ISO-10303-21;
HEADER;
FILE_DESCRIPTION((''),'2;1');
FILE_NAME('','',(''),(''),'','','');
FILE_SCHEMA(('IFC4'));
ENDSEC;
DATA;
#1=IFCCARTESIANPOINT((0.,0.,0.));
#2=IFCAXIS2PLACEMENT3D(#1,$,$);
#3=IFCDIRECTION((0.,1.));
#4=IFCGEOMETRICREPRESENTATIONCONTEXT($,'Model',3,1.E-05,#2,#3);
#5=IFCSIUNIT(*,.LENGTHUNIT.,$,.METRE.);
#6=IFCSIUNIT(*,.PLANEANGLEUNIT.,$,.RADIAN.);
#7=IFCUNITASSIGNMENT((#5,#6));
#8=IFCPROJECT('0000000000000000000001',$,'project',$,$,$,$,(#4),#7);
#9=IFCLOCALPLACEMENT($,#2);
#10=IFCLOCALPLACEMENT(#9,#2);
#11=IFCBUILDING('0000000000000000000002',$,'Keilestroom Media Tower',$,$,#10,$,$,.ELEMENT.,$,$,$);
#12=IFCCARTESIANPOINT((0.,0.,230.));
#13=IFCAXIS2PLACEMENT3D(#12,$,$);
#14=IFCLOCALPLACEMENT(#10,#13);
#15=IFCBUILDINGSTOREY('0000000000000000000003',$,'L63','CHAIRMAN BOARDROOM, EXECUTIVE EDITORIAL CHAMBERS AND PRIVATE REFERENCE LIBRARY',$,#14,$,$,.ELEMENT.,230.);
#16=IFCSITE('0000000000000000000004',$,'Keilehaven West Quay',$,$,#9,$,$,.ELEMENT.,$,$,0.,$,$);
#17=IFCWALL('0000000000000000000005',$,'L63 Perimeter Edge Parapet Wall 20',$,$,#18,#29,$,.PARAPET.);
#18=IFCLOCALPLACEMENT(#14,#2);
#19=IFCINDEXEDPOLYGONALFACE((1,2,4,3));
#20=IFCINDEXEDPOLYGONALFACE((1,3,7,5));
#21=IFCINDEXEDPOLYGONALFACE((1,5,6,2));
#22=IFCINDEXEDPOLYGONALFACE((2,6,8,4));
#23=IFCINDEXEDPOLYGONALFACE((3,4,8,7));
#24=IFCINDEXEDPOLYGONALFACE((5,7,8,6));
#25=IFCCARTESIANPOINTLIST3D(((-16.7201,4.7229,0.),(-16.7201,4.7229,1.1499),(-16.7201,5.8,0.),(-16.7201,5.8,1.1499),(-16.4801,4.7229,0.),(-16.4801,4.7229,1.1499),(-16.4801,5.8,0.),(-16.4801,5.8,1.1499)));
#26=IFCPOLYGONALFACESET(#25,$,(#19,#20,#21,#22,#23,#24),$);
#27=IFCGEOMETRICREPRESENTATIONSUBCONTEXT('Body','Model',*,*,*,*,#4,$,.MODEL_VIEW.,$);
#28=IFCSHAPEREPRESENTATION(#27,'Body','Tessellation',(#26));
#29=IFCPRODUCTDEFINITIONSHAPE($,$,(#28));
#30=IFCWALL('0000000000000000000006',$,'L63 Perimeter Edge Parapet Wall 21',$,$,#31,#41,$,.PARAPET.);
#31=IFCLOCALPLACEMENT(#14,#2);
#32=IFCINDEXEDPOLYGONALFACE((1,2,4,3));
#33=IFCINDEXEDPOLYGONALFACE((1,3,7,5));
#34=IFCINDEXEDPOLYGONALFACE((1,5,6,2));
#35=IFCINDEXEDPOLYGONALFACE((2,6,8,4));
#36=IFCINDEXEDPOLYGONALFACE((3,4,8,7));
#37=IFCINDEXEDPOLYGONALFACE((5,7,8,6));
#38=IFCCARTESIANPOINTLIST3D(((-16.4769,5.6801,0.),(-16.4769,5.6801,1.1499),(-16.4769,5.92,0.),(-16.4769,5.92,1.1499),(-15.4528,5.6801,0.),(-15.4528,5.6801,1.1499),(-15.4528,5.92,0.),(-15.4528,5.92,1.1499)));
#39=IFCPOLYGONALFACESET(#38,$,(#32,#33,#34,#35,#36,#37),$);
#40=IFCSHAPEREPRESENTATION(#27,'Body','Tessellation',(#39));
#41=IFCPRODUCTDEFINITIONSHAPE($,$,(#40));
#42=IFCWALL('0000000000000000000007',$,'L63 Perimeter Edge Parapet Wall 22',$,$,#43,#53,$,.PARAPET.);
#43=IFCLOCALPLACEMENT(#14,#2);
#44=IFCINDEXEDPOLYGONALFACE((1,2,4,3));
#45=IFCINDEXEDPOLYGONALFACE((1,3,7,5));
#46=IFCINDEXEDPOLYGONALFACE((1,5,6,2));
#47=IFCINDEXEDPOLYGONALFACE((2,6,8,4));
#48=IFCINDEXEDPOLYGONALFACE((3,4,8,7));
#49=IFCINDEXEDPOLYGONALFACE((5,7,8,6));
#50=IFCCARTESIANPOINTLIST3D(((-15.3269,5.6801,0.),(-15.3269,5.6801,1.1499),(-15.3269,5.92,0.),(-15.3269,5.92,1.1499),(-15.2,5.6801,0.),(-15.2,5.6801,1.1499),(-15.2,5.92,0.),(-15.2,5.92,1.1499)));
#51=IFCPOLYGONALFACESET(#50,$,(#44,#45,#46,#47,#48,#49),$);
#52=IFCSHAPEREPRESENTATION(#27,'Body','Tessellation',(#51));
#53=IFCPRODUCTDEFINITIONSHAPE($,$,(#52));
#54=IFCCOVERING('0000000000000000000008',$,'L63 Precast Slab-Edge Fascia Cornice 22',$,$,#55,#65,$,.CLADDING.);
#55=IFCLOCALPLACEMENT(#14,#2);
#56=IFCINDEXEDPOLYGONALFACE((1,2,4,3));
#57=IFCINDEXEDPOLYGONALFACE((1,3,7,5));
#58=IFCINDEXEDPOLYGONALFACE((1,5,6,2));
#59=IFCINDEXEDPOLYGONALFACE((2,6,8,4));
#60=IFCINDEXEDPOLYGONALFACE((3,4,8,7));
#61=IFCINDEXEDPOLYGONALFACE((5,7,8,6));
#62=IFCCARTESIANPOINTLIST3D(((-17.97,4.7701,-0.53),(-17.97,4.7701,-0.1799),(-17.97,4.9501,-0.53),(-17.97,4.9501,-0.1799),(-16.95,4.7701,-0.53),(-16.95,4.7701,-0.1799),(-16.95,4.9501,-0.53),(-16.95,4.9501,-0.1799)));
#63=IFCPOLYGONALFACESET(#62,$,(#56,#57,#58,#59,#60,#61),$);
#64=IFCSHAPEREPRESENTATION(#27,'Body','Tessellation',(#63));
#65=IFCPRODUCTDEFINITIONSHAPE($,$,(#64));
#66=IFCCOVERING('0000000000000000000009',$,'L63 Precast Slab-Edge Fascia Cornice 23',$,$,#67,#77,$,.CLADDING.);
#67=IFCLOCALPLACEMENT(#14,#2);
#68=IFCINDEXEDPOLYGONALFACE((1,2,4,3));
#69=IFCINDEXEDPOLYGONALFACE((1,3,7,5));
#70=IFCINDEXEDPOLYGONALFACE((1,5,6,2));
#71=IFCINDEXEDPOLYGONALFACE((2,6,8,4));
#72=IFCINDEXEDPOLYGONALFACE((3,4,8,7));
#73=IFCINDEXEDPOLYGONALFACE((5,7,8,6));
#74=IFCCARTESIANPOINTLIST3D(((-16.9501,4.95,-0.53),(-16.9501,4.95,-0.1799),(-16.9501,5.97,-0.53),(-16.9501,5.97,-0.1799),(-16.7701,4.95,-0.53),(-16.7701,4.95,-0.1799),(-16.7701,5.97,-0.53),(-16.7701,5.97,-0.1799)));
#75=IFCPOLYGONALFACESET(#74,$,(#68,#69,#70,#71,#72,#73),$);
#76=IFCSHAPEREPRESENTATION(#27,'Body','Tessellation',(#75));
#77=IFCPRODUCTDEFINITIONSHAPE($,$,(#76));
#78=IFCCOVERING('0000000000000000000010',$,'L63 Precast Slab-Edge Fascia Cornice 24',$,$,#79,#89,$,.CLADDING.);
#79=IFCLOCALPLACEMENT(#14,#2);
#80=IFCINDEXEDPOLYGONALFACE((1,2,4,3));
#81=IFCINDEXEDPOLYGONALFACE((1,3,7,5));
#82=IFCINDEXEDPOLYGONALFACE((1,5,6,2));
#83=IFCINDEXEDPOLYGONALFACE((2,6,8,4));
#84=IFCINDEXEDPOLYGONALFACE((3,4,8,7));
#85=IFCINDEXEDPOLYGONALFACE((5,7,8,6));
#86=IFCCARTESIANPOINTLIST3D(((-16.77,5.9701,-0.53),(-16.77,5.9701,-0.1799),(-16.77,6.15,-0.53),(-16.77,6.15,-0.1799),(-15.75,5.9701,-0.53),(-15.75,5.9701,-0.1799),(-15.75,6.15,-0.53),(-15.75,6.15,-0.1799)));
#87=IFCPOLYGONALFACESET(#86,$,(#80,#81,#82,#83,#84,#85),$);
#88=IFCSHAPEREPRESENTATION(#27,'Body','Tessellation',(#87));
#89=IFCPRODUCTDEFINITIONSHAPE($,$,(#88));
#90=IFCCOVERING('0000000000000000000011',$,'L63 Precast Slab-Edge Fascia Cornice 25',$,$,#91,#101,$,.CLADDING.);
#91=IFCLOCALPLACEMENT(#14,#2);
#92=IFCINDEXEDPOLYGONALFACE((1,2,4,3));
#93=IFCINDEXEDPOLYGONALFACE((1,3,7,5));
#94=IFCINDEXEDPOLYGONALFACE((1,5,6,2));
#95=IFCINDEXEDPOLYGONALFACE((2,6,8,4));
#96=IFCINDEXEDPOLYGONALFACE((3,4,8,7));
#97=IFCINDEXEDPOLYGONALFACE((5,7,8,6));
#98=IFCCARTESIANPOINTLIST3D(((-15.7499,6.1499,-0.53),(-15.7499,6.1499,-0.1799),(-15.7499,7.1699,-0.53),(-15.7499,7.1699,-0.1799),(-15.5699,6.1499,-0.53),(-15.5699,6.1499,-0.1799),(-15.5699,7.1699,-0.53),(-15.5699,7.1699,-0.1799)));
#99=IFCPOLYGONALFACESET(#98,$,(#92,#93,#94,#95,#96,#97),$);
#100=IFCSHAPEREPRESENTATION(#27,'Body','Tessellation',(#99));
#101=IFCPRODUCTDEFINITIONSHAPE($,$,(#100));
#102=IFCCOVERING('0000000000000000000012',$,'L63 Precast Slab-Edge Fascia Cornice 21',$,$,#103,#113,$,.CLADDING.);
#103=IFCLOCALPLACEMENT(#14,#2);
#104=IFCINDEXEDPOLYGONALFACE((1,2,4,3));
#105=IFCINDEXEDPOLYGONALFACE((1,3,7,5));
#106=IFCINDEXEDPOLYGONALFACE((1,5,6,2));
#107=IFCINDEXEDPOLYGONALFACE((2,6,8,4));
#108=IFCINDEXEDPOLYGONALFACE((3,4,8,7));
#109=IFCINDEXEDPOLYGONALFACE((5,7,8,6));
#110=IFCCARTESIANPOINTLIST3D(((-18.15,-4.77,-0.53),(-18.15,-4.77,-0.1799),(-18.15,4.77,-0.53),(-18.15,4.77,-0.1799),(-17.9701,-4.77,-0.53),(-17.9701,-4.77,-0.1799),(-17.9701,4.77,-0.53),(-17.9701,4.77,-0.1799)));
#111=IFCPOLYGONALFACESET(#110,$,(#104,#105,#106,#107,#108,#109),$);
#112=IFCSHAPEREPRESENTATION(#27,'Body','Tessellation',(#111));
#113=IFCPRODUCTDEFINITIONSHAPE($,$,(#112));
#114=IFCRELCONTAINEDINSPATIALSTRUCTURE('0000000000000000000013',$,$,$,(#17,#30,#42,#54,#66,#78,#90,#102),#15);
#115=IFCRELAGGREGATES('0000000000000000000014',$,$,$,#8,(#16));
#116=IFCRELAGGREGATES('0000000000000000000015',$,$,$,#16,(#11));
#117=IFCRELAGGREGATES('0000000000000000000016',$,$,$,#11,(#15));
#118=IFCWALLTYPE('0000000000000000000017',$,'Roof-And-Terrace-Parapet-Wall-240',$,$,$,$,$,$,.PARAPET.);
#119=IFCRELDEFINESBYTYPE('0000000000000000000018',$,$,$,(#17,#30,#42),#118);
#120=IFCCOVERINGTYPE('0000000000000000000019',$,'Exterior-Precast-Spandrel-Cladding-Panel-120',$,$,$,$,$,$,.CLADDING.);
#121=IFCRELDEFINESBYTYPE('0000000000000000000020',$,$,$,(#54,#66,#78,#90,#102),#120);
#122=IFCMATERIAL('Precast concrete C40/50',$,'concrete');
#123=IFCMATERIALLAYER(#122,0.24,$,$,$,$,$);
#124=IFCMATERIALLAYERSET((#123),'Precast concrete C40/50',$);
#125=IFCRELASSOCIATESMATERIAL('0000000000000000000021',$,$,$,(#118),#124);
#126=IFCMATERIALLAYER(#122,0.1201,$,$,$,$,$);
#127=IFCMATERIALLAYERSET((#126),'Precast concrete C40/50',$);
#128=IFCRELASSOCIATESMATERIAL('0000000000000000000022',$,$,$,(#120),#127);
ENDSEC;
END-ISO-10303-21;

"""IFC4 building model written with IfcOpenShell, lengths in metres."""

from ifc_helpers import new_model, si_unit, direction, frame, frame_2d, origin, origin_2d, place, context, subcontext, project, spatial, rectangle, extrude, source, transform, mapped, material, layer, layer_set, type_object, element, save


model = new_model("IFC4")

# Units and contexts
model_context = context("Model", 3, precision=1e-05, world=origin(), true_north=direction((0.0, 1.0)))
body_context = subcontext(model_context, "Body", "Model", "MODEL_VIEW")
ifc_project = project(units=[si_unit("LENGTHUNIT", "METRE"), si_unit("PLANEANGLEUNIT", "RADIAN")], contexts=[model_context])

# Site, building, storey
site_placement = place(None, origin())
site = spatial("IfcSite", under=ifc_project, at=site_placement, Name="Keilehaven West Quay", CompositionType="ELEMENT", RefElevation=0.0)
building_placement = place(site_placement, origin())
building = spatial("IfcBuilding", under=site, at=building_placement, Name="Keilestroom Media Tower", CompositionType="ELEMENT")
storey_placement = place(building_placement, frame((0.0, 0.0, 230.0)))
storey = spatial("IfcBuildingStorey", under=building, at=storey_placement, Name="L63", Description="CHAIRMAN BOARDROOM, EXECUTIVE EDITORIAL CHAMBERS AND PRIVATE REFERENCE LIBRARY", CompositionType="ELEMENT", Elevation=230.0)

# Shared definitions
ifc_material_1 = material(Name="Precast concrete C40/50", Category="concrete")

# Walls
ifc_layer_1 = layer(ifc_material_1, 0.24)
ifc_layer_set_1 = layer_set([ifc_layer_1], Name="Precast concrete C40/50")
wall_type = type_object("IfcWallType", Name="Roof-And-Terrace-Parapet-Wall-240", PredefinedType="PARAPET", material=ifc_layer_set_1)
wall_1_placement = place(storey_placement, frame((-16.6001, 4.7229, 0.0), z_axis=(0.0, 0.0, 1.0), x_axis=(0.0, 1.0, 0.0)))
element("IfcWall", 1, at=wall_1_placement, inside=storey, type_object=wall_type, Name="L63 Perimeter Edge Parapet Wall 20", PredefinedType="PARAPET", context=body_context, shape_type="SweptSolid", body=[
    extrude(rectangle(XDim=1.0771, YDim=0.24, at=frame_2d((0.5386, 0.0))), origin(), (0.0, 0.0, 1.0), 1.1499),
])
wall_2_placement = place(storey_placement, frame((-16.4771, 5.8, 0.0), z_axis=(0.0, 0.0, 1.0), x_axis=(1.0, 0.0, 0.0)))
element("IfcWall", 2, at=wall_2_placement, inside=storey, type_object=wall_type, Name="L63 Perimeter Edge Parapet Wall 21", PredefinedType="PARAPET", context=body_context, shape_type="SweptSolid", body=[
    extrude(rectangle(XDim=1.0242, YDim=0.24, at=frame_2d((0.5122, 0.0))), origin(), (0.0, 0.0, 1.0), 1.1499),
])
wall_3_placement = place(storey_placement, frame((-15.3269, 5.8, 0.0), z_axis=(0.0, 0.0, 1.0), x_axis=(1.0, 0.0, 0.0)))
element("IfcWall", 3, at=wall_3_placement, inside=storey, type_object=wall_type, Name="L63 Perimeter Edge Parapet Wall 22", PredefinedType="PARAPET", context=body_context, shape_type="SweptSolid", body=[
    extrude(rectangle(XDim=0.127, YDim=0.24, at=frame_2d((0.0635, 0.0))), origin(), (0.0, 0.0, 1.0), 1.1499),
])

# Coverings
ifc_layer_2 = layer(ifc_material_1, 0.1201)
ifc_layer_set_2 = layer_set([ifc_layer_2], Name="Precast concrete C40/50")
covering_type = type_object("IfcCoveringType", Name="Exterior-Precast-Spandrel-Cladding-Panel-120", PredefinedType="CLADDING", material=ifc_layer_set_2)
shared_shape_1 = source(origin(), body_context, "Body", "SweptSolid", [
    extrude(rectangle(XDim=1.02, YDim=0.1799, at=origin_2d()), origin(), (0.0, 0.0, 1.0), 0.3501),
])
for number, where, z_axis, x_axis, name in (
    (4, (-17.46, 4.8601, -0.53), (0.0, 0.0, 1.0), (1.0, 0.0, 0.0), "L63 Precast Slab-Edge Fascia Cornice 22"),
    (5, (-16.8601, 5.46, -0.53), (0.0, 0.0, 1.0), (0.0, 1.0, 0.0), "L63 Precast Slab-Edge Fascia Cornice 23"),
    (6, (-16.26, 6.0601, -0.53), (0.0, 0.0, 1.0), (1.0, 0.0, 0.0), "L63 Precast Slab-Edge Fascia Cornice 24"),
    (7, (-15.6599, 6.6599, -0.53), (0.0, 0.0, 1.0), (0.0, 1.0, 0.0), "L63 Precast Slab-Edge Fascia Cornice 25"),
):
    element("IfcCovering", number, at=place(storey_placement, frame(where, z_axis=z_axis, x_axis=x_axis)), inside=storey, type_object=covering_type, Name=name, PredefinedType="CLADDING", context=body_context, shape_type="MappedRepresentation", body=[
        mapped(shared_shape_1, transform((0.0, 0.0, 0.0), x_axis=(1.0, 0.0, 0.0), y_axis=(0.0, 1.0, 0.0), z_axis=(0.0, 0.0, 1.0), scale=1.0)),
    ])
shared_shape_2 = source(origin(), body_context, "Body", "SweptSolid", [
    extrude(rectangle(XDim=9.54, YDim=0.1799, at=origin_2d()), origin(), (0.0, 0.0, 1.0), 0.3501),
])
covering_placement = place(storey_placement, frame((-18.0601, 0.0, -0.53), z_axis=(0.0, 0.0, 1.0), x_axis=(0.0, 1.0, 0.0)))
element("IfcCovering", 8, at=covering_placement, inside=storey, type_object=covering_type, Name="L63 Precast Slab-Edge Fascia Cornice 21", PredefinedType="CLADDING", context=body_context, shape_type="MappedRepresentation", body=[
    mapped(shared_shape_2, transform((0.0, 0.0, 0.0), x_axis=(1.0, 0.0, 0.0), y_axis=(0.0, 1.0, 0.0), z_axis=(0.0, 0.0, 1.0), scale=1.0)),
])

save(model, "model.ifc")
